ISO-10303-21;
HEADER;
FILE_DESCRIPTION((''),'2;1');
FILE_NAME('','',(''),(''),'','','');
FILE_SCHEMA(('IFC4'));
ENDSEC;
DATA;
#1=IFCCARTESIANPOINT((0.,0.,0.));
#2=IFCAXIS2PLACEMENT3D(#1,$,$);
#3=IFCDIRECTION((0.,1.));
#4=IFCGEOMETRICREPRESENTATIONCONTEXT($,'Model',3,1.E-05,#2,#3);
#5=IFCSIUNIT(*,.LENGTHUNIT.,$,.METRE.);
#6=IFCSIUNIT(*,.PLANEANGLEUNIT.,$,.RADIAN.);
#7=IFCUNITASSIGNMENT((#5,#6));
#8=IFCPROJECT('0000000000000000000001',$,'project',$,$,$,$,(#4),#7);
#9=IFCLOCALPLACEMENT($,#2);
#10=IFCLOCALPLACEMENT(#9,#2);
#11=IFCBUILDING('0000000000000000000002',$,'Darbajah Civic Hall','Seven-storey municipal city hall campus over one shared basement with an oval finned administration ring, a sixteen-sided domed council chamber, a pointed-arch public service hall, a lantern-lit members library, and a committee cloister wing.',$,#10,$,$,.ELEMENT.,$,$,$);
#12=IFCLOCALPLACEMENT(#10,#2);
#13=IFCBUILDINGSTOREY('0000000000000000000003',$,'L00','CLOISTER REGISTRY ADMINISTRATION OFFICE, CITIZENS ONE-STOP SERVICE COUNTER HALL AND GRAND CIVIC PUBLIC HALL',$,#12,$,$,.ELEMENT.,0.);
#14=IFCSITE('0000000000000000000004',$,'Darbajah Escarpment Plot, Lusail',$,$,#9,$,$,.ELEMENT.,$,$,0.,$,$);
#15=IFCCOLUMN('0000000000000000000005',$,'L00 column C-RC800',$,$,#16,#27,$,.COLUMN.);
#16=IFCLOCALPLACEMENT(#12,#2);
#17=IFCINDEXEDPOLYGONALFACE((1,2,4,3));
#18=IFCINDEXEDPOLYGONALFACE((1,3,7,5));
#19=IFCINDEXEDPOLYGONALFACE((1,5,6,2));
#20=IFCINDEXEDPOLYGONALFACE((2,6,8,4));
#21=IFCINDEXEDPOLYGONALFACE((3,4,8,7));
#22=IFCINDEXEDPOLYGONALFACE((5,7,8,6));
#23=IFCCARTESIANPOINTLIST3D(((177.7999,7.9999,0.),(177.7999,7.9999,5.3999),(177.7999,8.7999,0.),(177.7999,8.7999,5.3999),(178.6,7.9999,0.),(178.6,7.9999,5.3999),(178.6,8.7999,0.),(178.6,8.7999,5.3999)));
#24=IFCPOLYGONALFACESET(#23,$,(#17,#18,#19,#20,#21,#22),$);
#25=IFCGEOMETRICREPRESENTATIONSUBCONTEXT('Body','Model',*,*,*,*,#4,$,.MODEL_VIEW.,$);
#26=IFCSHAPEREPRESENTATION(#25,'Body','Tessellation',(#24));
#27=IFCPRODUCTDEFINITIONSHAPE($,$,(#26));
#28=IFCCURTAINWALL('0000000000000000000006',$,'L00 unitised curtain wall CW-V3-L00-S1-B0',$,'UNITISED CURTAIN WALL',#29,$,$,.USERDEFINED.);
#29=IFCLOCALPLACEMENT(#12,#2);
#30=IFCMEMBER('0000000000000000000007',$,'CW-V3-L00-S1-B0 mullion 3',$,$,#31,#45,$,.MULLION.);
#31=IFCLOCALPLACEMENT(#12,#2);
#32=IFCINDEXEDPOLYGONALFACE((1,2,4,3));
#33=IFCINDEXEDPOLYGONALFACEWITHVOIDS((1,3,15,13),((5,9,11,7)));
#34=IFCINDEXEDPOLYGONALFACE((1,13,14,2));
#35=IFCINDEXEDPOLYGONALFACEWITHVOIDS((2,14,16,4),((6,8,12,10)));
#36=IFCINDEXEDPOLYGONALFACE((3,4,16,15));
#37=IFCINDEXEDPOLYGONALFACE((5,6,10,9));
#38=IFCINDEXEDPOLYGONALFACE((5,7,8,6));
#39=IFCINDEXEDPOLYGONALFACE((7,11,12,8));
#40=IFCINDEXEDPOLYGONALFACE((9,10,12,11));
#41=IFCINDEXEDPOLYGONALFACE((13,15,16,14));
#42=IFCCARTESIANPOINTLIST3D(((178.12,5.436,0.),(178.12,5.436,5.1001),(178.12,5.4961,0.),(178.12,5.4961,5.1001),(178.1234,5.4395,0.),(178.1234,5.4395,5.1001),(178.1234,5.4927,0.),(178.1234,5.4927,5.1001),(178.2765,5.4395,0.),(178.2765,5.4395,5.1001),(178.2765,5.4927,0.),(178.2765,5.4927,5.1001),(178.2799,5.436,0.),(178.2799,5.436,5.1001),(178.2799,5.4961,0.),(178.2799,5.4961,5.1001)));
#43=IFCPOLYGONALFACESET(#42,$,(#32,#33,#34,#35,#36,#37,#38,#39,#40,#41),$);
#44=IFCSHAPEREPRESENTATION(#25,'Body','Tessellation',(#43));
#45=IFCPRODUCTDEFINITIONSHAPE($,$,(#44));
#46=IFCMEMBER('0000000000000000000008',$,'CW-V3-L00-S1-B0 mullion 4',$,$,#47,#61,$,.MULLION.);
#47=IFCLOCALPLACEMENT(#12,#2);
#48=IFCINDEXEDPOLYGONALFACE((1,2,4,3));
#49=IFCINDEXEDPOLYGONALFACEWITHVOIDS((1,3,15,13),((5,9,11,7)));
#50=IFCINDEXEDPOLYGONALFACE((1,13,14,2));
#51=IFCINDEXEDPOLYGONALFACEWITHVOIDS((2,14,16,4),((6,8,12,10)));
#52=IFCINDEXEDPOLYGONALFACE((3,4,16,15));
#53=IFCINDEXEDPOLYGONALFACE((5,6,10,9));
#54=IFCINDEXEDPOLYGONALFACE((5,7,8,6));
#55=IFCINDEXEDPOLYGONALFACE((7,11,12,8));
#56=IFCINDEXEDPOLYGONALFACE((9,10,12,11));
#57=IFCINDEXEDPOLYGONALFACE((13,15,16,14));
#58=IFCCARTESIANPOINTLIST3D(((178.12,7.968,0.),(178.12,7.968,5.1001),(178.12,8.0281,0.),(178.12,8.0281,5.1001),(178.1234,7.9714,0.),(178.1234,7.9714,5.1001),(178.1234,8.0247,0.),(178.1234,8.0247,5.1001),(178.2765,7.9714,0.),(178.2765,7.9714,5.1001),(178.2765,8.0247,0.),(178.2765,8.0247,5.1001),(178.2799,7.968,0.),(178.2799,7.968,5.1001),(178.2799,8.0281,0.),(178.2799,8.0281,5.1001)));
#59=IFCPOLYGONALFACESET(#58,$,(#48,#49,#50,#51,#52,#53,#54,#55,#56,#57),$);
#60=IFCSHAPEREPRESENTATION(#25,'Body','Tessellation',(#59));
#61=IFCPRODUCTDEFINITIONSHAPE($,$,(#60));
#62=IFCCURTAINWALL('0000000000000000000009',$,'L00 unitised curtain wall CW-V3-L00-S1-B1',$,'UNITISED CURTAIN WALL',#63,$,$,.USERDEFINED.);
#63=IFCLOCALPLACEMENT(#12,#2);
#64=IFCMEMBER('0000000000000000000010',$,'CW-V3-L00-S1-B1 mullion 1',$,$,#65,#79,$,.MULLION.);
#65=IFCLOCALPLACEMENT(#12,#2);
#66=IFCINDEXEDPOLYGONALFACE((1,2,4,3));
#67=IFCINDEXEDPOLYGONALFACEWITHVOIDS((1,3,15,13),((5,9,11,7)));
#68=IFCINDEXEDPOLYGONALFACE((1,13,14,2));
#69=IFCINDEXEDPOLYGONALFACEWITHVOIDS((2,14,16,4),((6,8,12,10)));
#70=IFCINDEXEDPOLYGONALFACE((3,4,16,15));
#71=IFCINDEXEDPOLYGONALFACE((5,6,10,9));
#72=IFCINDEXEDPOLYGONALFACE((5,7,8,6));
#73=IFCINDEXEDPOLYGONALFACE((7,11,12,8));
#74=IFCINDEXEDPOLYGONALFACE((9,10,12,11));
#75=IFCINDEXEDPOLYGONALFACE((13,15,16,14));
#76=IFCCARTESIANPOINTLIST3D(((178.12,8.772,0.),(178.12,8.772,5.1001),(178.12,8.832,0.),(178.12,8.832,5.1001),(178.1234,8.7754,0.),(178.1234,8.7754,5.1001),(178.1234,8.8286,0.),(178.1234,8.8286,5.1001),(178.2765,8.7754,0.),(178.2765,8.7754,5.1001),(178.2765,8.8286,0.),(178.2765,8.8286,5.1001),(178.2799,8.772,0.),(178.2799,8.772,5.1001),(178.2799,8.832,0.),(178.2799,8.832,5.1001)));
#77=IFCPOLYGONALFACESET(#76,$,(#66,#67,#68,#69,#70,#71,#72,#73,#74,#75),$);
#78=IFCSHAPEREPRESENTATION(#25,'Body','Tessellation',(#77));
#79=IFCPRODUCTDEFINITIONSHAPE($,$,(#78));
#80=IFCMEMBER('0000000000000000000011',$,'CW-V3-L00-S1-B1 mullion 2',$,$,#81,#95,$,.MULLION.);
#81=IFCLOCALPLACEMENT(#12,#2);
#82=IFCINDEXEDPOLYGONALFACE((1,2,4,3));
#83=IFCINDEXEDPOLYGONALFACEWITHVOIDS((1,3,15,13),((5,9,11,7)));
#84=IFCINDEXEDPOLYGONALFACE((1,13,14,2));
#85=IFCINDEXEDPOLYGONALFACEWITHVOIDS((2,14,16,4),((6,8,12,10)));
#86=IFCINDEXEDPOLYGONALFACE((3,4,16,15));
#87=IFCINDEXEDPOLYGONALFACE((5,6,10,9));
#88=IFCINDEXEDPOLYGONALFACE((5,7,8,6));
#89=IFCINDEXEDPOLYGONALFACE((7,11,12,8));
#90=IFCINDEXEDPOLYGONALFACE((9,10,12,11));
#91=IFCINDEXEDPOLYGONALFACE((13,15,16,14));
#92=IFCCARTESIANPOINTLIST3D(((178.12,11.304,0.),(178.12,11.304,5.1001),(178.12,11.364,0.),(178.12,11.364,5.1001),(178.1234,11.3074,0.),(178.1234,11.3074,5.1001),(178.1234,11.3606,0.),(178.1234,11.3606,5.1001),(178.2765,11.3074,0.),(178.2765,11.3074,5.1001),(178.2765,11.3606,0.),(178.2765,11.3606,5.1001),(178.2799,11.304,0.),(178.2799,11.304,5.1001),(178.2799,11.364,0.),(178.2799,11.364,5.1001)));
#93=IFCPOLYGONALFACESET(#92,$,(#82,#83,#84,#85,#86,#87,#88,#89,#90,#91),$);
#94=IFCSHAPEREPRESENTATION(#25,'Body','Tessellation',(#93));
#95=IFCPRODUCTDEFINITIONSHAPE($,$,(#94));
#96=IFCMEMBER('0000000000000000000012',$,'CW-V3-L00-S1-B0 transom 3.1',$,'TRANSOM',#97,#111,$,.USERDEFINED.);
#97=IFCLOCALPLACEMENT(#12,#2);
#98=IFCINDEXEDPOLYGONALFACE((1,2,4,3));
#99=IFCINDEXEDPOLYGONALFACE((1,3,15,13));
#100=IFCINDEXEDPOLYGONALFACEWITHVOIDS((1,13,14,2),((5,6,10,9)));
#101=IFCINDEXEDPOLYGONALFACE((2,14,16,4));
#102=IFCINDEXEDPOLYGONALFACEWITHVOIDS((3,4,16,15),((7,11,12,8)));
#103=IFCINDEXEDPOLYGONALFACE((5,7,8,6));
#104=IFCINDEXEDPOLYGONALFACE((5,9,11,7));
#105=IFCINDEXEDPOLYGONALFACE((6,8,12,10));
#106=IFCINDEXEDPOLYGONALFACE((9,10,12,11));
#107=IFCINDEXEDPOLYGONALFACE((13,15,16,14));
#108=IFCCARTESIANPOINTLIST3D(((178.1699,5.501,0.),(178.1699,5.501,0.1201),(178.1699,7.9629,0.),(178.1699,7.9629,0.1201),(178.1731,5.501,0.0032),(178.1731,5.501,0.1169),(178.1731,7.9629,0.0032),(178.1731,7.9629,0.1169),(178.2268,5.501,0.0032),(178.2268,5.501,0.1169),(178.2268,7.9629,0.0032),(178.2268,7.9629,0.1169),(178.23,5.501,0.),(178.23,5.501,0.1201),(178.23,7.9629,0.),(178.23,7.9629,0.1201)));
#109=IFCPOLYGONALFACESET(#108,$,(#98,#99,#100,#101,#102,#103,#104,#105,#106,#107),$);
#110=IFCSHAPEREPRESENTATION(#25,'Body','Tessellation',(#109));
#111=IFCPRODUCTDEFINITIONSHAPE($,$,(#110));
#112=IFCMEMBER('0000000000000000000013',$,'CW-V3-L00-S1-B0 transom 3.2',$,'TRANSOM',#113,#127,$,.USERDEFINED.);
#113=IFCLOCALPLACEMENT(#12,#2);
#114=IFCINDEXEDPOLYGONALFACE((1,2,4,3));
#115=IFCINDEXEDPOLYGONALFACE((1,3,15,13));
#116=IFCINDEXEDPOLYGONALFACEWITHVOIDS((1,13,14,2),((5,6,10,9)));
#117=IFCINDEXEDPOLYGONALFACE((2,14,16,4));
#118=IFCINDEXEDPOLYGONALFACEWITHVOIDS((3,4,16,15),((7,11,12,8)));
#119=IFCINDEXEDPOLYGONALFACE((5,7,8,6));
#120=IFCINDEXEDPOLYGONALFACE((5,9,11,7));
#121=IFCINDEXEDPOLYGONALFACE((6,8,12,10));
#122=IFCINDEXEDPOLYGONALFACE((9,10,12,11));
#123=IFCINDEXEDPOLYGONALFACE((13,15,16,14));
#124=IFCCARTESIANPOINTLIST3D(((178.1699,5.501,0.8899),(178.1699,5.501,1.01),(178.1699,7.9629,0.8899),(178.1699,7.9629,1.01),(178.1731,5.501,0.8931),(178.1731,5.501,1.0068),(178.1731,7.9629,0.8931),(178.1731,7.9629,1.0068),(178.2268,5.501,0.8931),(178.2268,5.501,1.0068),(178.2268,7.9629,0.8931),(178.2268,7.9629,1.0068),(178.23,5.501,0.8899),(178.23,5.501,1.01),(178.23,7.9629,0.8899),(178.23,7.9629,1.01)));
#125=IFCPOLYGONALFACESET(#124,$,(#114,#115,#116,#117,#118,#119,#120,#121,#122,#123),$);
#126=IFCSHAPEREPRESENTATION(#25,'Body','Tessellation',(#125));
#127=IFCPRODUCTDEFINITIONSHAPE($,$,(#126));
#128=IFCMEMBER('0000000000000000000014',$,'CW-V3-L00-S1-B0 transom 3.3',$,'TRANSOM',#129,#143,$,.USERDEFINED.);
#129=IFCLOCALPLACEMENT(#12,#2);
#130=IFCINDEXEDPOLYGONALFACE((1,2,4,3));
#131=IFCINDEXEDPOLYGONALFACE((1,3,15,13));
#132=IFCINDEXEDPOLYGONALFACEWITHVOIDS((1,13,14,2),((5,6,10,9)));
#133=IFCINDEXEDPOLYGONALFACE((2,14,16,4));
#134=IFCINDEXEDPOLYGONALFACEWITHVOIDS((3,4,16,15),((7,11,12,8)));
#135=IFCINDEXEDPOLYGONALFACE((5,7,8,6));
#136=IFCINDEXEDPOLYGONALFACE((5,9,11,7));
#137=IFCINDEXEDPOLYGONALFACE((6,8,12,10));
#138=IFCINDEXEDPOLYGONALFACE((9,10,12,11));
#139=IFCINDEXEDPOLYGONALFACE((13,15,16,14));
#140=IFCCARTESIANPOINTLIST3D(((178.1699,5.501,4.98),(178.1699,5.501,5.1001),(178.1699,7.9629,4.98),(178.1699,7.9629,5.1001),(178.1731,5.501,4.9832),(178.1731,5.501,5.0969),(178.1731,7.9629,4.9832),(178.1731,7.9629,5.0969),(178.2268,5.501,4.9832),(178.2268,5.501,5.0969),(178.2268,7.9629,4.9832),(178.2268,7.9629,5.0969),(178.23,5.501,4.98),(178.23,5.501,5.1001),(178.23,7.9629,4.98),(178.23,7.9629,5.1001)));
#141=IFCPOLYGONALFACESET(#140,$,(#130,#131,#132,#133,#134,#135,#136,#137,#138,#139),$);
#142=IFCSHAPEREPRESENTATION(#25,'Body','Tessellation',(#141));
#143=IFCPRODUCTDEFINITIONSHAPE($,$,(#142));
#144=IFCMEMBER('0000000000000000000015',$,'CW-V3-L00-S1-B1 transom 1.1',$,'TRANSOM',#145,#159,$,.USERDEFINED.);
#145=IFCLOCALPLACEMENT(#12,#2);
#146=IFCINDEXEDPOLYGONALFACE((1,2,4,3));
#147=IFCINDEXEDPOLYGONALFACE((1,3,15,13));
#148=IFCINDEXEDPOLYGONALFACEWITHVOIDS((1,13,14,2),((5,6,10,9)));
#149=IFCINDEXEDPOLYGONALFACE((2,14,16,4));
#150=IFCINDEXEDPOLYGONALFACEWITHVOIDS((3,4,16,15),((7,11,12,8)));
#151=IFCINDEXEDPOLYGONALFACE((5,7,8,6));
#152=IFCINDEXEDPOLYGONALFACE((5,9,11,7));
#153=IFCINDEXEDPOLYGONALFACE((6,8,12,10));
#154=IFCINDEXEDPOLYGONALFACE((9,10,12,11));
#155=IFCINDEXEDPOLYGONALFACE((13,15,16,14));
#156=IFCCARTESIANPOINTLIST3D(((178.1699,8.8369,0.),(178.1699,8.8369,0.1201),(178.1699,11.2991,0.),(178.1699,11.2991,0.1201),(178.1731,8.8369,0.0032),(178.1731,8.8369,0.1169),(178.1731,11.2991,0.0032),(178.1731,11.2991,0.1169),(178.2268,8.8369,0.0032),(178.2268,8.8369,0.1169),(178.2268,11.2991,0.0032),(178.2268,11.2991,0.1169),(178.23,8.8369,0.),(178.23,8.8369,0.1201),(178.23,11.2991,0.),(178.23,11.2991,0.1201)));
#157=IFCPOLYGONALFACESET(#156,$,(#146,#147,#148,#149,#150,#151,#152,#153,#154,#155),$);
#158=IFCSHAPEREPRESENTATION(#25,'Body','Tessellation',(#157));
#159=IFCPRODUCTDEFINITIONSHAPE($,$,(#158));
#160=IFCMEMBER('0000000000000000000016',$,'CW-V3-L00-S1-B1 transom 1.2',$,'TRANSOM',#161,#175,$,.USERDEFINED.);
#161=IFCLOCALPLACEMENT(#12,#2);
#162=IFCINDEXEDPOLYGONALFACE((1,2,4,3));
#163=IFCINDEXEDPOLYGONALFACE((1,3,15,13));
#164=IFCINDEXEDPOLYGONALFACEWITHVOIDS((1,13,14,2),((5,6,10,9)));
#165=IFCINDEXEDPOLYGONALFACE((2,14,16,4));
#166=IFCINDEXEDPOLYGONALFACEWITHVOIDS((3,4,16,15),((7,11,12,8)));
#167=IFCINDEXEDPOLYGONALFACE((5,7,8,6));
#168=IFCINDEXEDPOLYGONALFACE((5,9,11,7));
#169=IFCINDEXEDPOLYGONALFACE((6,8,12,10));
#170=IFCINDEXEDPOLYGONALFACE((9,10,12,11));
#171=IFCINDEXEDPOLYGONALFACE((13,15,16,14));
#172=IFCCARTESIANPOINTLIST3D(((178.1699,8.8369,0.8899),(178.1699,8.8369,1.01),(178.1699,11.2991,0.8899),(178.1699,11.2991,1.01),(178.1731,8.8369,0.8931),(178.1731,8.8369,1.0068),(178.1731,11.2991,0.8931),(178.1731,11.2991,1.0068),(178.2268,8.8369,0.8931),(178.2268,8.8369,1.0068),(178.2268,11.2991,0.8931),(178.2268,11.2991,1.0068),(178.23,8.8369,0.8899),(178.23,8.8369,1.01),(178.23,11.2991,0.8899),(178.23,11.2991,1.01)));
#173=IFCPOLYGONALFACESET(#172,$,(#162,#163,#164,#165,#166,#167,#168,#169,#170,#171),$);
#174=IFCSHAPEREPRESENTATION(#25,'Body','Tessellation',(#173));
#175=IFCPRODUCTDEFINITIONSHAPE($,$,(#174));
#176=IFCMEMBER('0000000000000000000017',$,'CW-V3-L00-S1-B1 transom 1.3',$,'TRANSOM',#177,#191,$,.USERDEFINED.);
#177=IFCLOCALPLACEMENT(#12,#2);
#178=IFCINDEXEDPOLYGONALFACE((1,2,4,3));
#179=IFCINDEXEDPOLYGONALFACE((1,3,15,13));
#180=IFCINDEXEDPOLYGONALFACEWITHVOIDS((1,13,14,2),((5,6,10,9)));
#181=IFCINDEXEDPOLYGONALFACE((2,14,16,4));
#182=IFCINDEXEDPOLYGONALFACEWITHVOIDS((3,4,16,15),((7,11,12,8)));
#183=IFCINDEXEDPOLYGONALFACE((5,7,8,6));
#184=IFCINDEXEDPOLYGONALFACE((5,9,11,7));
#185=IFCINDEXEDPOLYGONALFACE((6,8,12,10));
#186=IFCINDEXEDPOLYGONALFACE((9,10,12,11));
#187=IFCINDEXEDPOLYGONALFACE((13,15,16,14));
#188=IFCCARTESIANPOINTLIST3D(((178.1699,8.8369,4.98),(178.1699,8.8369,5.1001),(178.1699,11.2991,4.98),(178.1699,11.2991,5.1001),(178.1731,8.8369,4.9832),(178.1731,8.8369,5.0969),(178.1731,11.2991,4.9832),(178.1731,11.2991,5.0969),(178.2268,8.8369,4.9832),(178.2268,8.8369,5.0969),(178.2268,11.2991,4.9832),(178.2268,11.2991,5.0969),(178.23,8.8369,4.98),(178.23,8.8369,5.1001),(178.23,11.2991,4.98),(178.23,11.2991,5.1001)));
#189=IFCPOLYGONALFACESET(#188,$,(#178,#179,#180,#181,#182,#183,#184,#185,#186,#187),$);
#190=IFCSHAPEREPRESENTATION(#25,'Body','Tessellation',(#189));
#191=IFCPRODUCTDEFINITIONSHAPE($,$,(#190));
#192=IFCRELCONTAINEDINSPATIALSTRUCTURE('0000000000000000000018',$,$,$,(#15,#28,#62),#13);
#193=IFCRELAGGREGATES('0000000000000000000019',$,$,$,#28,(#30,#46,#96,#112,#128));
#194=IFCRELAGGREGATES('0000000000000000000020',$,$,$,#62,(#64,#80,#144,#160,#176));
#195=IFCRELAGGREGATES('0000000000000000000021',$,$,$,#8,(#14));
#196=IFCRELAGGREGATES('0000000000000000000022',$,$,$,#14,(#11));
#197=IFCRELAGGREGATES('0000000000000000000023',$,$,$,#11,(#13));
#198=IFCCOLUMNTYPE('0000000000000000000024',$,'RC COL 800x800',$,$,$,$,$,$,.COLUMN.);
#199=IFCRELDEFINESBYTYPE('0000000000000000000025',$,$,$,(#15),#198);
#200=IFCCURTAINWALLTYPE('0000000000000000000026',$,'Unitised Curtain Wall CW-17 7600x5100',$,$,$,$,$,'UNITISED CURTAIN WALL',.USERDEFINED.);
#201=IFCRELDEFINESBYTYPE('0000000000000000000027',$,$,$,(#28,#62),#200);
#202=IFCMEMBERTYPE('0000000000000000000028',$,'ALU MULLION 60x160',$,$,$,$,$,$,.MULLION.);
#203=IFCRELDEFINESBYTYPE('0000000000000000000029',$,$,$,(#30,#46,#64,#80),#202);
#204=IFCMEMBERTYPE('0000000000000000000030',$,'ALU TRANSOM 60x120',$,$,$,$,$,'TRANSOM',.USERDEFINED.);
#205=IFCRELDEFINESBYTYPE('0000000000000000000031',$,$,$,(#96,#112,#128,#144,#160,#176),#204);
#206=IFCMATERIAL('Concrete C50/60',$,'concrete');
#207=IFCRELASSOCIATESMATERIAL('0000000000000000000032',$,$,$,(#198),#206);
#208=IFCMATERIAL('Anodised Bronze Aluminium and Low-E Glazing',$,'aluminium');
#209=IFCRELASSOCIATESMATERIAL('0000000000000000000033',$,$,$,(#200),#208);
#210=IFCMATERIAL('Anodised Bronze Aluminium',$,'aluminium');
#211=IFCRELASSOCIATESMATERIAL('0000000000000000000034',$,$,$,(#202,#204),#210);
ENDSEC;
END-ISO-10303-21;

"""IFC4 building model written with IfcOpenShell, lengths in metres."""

from ifc_helpers import new_model, si_unit, direction, frame, origin, origin_2d, place, context, subcontext, project, spatial, rectangle, hollow_rectangle, extrude, material, material_profile, profile_set, type_object, element, aggregate, save


model = new_model("IFC4")

# Units and contexts
model_context = context("Model", 3, precision=1e-05, world=origin(), true_north=direction((0.0, 1.0)))
body_context = subcontext(model_context, "Body", "Model", "MODEL_VIEW")
ifc_project = project(units=[si_unit("LENGTHUNIT", "METRE"), si_unit("PLANEANGLEUNIT", "RADIAN")], contexts=[model_context])

# Site, building, storey
site_placement = place(None, origin())
site = spatial("IfcSite", under=ifc_project, at=site_placement, Name="Darbajah Escarpment Plot, Lusail", CompositionType="ELEMENT", RefElevation=0.0)
building_placement = place(site_placement, origin())
building = spatial("IfcBuilding", under=site, at=building_placement, Name="Darbajah Civic Hall", Description="Seven-storey municipal city hall campus over one shared basement with an oval finned administration ring, a sixteen-sided domed council chamber, a pointed-arch public service hall, a lantern-lit members library, and a committee cloister wing.", CompositionType="ELEMENT")
storey_placement = place(building_placement, origin())
storey = spatial("IfcBuildingStorey", under=building, at=storey_placement, Name="L00", Description="CLOISTER REGISTRY ADMINISTRATION OFFICE, CITIZENS ONE-STOP SERVICE COUNTER HALL AND GRAND CIVIC PUBLIC HALL", CompositionType="ELEMENT", Elevation=0.0)

# Column
ifc_material_1 = material(Name="Concrete C50/60", Category="concrete")
ifc_material_profile_1 = material_profile(ifc_material_1, rectangle(XDim=0.8, YDim=0.8, at=origin_2d()), Name="RC COL 800x800")
ifc_profile_set_1 = profile_set([ifc_material_profile_1], Name="Concrete C50/60")
column_type = type_object("IfcColumnType", Name="RC COL 800x800", PredefinedType="COLUMN", material=ifc_profile_set_1)
column_placement = place(storey_placement, frame((178.2, 8.3999, 0.0), z_axis=(0.0, 0.0, 1.0), x_axis=(1.0, 0.0, 0.0)))
element("IfcColumn", 1, at=column_placement, inside=storey, type_object=column_type, Name="L00 column C-RC800", PredefinedType="COLUMN", context=body_context, shape_type="SweptSolid", body=[
    extrude(rectangle(XDim=0.8, YDim=0.8, at=origin_2d()), origin(), (0.0, 0.0, 1.0), 5.3999),
])

# Curtain walls, members
ifc_material_2 = material(Name="Anodised Bronze Aluminium and Low-E Glazing", Category="aluminium")
curtain_wall_type = type_object("IfcCurtainWallType", Name="Unitised Curtain Wall CW-17 7600x5100", ElementType="UNITISED CURTAIN WALL", PredefinedType="USERDEFINED", material=ifc_material_2)
curtain_wall_1_placement = place(storey_placement, origin())
curtain_wall_1 = element("IfcCurtainWall", 2, at=curtain_wall_1_placement, inside=storey, type_object=curtain_wall_type, Name="L00 unitised curtain wall CW-V3-L00-S1-B0", ObjectType="UNITISED CURTAIN WALL", PredefinedType="USERDEFINED")
ifc_material_3 = material(Name="Anodised Bronze Aluminium", Category="aluminium")
ifc_material_profile_2 = material_profile(ifc_material_3, hollow_rectangle(XDim=0.0601, YDim=0.1599, WallThickness=0.0034, at=origin_2d()), Name="ALU MULLION 60x160")
ifc_profile_set_2 = profile_set([ifc_material_profile_2], Name="Anodised Bronze Aluminium")
member_type_1 = type_object("IfcMemberType", Name="ALU MULLION 60x160", PredefinedType="MULLION", material=ifc_profile_set_2)
member_1_placement = place(storey_placement, frame((178.2, 5.4661, 0.0), z_axis=(0.0, 0.0, 1.0), x_axis=(0.0, 1.0, 0.0)))
member_1 = element("IfcMember", 3, at=member_1_placement, type_object=member_type_1, Name="CW-V3-L00-S1-B0 mullion 3", PredefinedType="MULLION", context=body_context, shape_type="SweptSolid", body=[
    extrude(hollow_rectangle(XDim=0.0601, YDim=0.1599, WallThickness=0.0034, at=origin_2d()), origin(), (0.0, 0.0, 1.0), 5.1001),
])
member_2_placement = place(storey_placement, frame((178.2, 7.998, 0.0), z_axis=(0.0, 0.0, 1.0), x_axis=(0.0, 1.0, 0.0)))
member_2 = element("IfcMember", 4, at=member_2_placement, type_object=member_type_1, Name="CW-V3-L00-S1-B0 mullion 4", PredefinedType="MULLION", context=body_context, shape_type="SweptSolid", body=[
    extrude(hollow_rectangle(XDim=0.0601, YDim=0.1599, WallThickness=0.0034, at=origin_2d()), origin(), (0.0, 0.0, 1.0), 5.1001),
])
curtain_wall_2_placement = place(storey_placement, origin())
curtain_wall_2 = element("IfcCurtainWall", 5, at=curtain_wall_2_placement, inside=storey, type_object=curtain_wall_type, Name="L00 unitised curtain wall CW-V3-L00-S1-B1", ObjectType="UNITISED CURTAIN WALL", PredefinedType="USERDEFINED")
member_3_placement = place(storey_placement, frame((178.2, 8.802, 0.0), z_axis=(0.0, 0.0, 1.0), x_axis=(0.0, 1.0, 0.0)))
member_3 = element("IfcMember", 6, at=member_3_placement, type_object=member_type_1, Name="CW-V3-L00-S1-B1 mullion 1", PredefinedType="MULLION", context=body_context, shape_type="SweptSolid", body=[
    extrude(hollow_rectangle(XDim=0.0601, YDim=0.1599, WallThickness=0.0034, at=origin_2d()), origin(), (0.0, 0.0, 1.0), 5.1001),
])
member_4_placement = place(storey_placement, frame((178.2, 11.334, 0.0), z_axis=(0.0, 0.0, 1.0), x_axis=(0.0, 1.0, 0.0)))
member_4 = element("IfcMember", 7, at=member_4_placement, type_object=member_type_1, Name="CW-V3-L00-S1-B1 mullion 2", PredefinedType="MULLION", context=body_context, shape_type="SweptSolid", body=[
    extrude(hollow_rectangle(XDim=0.0601, YDim=0.1599, WallThickness=0.0034, at=origin_2d()), origin(), (0.0, 0.0, 1.0), 5.1001),
])

# Members
ifc_material_profile_3 = material_profile(ifc_material_3, hollow_rectangle(XDim=0.0601, YDim=0.1201, WallThickness=0.0032, at=origin_2d()), Name="ALU TRANSOM 60x120")
ifc_profile_set_3 = profile_set([ifc_material_profile_3], Name="Anodised Bronze Aluminium")
member_type_2 = type_object("IfcMemberType", Name="ALU TRANSOM 60x120", ElementType="TRANSOM", PredefinedType="USERDEFINED", material=ifc_profile_set_3)
member_5_placement = place(storey_placement, frame((178.2, 5.501, 0.0601), z_axis=(0.0, 1.0, 0.0), x_axis=(-1.0, 0.0, 0.0)))
member_5 = element("IfcMember", 8, at=member_5_placement, type_object=member_type_2, Name="CW-V3-L00-S1-B0 transom 3.1", ObjectType="TRANSOM", PredefinedType="USERDEFINED", context=body_context, shape_type="SweptSolid", body=[
    extrude(hollow_rectangle(XDim=0.0601, YDim=0.1201, WallThickness=0.0032, at=origin_2d()), origin(), (0.0, 0.0, 1.0), 2.4619),
])
member_6_placement = place(storey_placement, frame((178.2, 5.501, 0.95), z_axis=(0.0, 1.0, 0.0), x_axis=(-1.0, 0.0, 0.0)))
member_6 = element("IfcMember", 9, at=member_6_placement, type_object=member_type_2, Name="CW-V3-L00-S1-B0 transom 3.2", ObjectType="TRANSOM", PredefinedType="USERDEFINED", context=body_context, shape_type="SweptSolid", body=[
    extrude(hollow_rectangle(XDim=0.0601, YDim=0.1201, WallThickness=0.0032, at=origin_2d()), origin(), (0.0, 0.0, 1.0), 2.4619),
])
member_7_placement = place(storey_placement, frame((178.2, 5.501, 5.04), z_axis=(0.0, 1.0, 0.0), x_axis=(-1.0, 0.0, 0.0)))
member_7 = element("IfcMember", 10, at=member_7_placement, type_object=member_type_2, Name="CW-V3-L00-S1-B0 transom 3.3", ObjectType="TRANSOM", PredefinedType="USERDEFINED", context=body_context, shape_type="SweptSolid", body=[
    extrude(hollow_rectangle(XDim=0.0601, YDim=0.1201, WallThickness=0.0032, at=origin_2d()), origin(), (0.0, 0.0, 1.0), 2.4619),
])
member_8_placement = place(storey_placement, frame((178.2, 8.8369, 0.0601), z_axis=(0.0, 1.0, 0.0), x_axis=(-1.0, 0.0, 0.0)))
member_8 = element("IfcMember", 11, at=member_8_placement, type_object=member_type_2, Name="CW-V3-L00-S1-B1 transom 1.1", ObjectType="TRANSOM", PredefinedType="USERDEFINED", context=body_context, shape_type="SweptSolid", body=[
    extrude(hollow_rectangle(XDim=0.0601, YDim=0.1201, WallThickness=0.0032, at=origin_2d()), origin(), (0.0, 0.0, 1.0), 2.4622),
])
member_9_placement = place(storey_placement, frame((178.2, 8.8369, 0.95), z_axis=(0.0, 1.0, 0.0), x_axis=(-1.0, 0.0, 0.0)))
member_9 = element("IfcMember", 12, at=member_9_placement, type_object=member_type_2, Name="CW-V3-L00-S1-B1 transom 1.2", ObjectType="TRANSOM", PredefinedType="USERDEFINED", context=body_context, shape_type="SweptSolid", body=[
    extrude(hollow_rectangle(XDim=0.0601, YDim=0.1201, WallThickness=0.0032, at=origin_2d()), origin(), (0.0, 0.0, 1.0), 2.4622),
])
member_10_placement = place(storey_placement, frame((178.2, 8.8369, 5.04), z_axis=(0.0, 1.0, 0.0), x_axis=(-1.0, 0.0, 0.0)))
member_10 = element("IfcMember", 13, at=member_10_placement, type_object=member_type_2, Name="CW-V3-L00-S1-B1 transom 1.3", ObjectType="TRANSOM", PredefinedType="USERDEFINED", context=body_context, shape_type="SweptSolid", body=[
    extrude(hollow_rectangle(XDim=0.0601, YDim=0.1201, WallThickness=0.0032, at=origin_2d()), origin(), (0.0, 0.0, 1.0), 2.4622),
])

aggregate(curtain_wall_1, [member_1, member_2, member_5, member_6, member_7])
aggregate(curtain_wall_2, [member_3, member_4, member_8, member_9, member_10])

save(model, "model.ifc")
